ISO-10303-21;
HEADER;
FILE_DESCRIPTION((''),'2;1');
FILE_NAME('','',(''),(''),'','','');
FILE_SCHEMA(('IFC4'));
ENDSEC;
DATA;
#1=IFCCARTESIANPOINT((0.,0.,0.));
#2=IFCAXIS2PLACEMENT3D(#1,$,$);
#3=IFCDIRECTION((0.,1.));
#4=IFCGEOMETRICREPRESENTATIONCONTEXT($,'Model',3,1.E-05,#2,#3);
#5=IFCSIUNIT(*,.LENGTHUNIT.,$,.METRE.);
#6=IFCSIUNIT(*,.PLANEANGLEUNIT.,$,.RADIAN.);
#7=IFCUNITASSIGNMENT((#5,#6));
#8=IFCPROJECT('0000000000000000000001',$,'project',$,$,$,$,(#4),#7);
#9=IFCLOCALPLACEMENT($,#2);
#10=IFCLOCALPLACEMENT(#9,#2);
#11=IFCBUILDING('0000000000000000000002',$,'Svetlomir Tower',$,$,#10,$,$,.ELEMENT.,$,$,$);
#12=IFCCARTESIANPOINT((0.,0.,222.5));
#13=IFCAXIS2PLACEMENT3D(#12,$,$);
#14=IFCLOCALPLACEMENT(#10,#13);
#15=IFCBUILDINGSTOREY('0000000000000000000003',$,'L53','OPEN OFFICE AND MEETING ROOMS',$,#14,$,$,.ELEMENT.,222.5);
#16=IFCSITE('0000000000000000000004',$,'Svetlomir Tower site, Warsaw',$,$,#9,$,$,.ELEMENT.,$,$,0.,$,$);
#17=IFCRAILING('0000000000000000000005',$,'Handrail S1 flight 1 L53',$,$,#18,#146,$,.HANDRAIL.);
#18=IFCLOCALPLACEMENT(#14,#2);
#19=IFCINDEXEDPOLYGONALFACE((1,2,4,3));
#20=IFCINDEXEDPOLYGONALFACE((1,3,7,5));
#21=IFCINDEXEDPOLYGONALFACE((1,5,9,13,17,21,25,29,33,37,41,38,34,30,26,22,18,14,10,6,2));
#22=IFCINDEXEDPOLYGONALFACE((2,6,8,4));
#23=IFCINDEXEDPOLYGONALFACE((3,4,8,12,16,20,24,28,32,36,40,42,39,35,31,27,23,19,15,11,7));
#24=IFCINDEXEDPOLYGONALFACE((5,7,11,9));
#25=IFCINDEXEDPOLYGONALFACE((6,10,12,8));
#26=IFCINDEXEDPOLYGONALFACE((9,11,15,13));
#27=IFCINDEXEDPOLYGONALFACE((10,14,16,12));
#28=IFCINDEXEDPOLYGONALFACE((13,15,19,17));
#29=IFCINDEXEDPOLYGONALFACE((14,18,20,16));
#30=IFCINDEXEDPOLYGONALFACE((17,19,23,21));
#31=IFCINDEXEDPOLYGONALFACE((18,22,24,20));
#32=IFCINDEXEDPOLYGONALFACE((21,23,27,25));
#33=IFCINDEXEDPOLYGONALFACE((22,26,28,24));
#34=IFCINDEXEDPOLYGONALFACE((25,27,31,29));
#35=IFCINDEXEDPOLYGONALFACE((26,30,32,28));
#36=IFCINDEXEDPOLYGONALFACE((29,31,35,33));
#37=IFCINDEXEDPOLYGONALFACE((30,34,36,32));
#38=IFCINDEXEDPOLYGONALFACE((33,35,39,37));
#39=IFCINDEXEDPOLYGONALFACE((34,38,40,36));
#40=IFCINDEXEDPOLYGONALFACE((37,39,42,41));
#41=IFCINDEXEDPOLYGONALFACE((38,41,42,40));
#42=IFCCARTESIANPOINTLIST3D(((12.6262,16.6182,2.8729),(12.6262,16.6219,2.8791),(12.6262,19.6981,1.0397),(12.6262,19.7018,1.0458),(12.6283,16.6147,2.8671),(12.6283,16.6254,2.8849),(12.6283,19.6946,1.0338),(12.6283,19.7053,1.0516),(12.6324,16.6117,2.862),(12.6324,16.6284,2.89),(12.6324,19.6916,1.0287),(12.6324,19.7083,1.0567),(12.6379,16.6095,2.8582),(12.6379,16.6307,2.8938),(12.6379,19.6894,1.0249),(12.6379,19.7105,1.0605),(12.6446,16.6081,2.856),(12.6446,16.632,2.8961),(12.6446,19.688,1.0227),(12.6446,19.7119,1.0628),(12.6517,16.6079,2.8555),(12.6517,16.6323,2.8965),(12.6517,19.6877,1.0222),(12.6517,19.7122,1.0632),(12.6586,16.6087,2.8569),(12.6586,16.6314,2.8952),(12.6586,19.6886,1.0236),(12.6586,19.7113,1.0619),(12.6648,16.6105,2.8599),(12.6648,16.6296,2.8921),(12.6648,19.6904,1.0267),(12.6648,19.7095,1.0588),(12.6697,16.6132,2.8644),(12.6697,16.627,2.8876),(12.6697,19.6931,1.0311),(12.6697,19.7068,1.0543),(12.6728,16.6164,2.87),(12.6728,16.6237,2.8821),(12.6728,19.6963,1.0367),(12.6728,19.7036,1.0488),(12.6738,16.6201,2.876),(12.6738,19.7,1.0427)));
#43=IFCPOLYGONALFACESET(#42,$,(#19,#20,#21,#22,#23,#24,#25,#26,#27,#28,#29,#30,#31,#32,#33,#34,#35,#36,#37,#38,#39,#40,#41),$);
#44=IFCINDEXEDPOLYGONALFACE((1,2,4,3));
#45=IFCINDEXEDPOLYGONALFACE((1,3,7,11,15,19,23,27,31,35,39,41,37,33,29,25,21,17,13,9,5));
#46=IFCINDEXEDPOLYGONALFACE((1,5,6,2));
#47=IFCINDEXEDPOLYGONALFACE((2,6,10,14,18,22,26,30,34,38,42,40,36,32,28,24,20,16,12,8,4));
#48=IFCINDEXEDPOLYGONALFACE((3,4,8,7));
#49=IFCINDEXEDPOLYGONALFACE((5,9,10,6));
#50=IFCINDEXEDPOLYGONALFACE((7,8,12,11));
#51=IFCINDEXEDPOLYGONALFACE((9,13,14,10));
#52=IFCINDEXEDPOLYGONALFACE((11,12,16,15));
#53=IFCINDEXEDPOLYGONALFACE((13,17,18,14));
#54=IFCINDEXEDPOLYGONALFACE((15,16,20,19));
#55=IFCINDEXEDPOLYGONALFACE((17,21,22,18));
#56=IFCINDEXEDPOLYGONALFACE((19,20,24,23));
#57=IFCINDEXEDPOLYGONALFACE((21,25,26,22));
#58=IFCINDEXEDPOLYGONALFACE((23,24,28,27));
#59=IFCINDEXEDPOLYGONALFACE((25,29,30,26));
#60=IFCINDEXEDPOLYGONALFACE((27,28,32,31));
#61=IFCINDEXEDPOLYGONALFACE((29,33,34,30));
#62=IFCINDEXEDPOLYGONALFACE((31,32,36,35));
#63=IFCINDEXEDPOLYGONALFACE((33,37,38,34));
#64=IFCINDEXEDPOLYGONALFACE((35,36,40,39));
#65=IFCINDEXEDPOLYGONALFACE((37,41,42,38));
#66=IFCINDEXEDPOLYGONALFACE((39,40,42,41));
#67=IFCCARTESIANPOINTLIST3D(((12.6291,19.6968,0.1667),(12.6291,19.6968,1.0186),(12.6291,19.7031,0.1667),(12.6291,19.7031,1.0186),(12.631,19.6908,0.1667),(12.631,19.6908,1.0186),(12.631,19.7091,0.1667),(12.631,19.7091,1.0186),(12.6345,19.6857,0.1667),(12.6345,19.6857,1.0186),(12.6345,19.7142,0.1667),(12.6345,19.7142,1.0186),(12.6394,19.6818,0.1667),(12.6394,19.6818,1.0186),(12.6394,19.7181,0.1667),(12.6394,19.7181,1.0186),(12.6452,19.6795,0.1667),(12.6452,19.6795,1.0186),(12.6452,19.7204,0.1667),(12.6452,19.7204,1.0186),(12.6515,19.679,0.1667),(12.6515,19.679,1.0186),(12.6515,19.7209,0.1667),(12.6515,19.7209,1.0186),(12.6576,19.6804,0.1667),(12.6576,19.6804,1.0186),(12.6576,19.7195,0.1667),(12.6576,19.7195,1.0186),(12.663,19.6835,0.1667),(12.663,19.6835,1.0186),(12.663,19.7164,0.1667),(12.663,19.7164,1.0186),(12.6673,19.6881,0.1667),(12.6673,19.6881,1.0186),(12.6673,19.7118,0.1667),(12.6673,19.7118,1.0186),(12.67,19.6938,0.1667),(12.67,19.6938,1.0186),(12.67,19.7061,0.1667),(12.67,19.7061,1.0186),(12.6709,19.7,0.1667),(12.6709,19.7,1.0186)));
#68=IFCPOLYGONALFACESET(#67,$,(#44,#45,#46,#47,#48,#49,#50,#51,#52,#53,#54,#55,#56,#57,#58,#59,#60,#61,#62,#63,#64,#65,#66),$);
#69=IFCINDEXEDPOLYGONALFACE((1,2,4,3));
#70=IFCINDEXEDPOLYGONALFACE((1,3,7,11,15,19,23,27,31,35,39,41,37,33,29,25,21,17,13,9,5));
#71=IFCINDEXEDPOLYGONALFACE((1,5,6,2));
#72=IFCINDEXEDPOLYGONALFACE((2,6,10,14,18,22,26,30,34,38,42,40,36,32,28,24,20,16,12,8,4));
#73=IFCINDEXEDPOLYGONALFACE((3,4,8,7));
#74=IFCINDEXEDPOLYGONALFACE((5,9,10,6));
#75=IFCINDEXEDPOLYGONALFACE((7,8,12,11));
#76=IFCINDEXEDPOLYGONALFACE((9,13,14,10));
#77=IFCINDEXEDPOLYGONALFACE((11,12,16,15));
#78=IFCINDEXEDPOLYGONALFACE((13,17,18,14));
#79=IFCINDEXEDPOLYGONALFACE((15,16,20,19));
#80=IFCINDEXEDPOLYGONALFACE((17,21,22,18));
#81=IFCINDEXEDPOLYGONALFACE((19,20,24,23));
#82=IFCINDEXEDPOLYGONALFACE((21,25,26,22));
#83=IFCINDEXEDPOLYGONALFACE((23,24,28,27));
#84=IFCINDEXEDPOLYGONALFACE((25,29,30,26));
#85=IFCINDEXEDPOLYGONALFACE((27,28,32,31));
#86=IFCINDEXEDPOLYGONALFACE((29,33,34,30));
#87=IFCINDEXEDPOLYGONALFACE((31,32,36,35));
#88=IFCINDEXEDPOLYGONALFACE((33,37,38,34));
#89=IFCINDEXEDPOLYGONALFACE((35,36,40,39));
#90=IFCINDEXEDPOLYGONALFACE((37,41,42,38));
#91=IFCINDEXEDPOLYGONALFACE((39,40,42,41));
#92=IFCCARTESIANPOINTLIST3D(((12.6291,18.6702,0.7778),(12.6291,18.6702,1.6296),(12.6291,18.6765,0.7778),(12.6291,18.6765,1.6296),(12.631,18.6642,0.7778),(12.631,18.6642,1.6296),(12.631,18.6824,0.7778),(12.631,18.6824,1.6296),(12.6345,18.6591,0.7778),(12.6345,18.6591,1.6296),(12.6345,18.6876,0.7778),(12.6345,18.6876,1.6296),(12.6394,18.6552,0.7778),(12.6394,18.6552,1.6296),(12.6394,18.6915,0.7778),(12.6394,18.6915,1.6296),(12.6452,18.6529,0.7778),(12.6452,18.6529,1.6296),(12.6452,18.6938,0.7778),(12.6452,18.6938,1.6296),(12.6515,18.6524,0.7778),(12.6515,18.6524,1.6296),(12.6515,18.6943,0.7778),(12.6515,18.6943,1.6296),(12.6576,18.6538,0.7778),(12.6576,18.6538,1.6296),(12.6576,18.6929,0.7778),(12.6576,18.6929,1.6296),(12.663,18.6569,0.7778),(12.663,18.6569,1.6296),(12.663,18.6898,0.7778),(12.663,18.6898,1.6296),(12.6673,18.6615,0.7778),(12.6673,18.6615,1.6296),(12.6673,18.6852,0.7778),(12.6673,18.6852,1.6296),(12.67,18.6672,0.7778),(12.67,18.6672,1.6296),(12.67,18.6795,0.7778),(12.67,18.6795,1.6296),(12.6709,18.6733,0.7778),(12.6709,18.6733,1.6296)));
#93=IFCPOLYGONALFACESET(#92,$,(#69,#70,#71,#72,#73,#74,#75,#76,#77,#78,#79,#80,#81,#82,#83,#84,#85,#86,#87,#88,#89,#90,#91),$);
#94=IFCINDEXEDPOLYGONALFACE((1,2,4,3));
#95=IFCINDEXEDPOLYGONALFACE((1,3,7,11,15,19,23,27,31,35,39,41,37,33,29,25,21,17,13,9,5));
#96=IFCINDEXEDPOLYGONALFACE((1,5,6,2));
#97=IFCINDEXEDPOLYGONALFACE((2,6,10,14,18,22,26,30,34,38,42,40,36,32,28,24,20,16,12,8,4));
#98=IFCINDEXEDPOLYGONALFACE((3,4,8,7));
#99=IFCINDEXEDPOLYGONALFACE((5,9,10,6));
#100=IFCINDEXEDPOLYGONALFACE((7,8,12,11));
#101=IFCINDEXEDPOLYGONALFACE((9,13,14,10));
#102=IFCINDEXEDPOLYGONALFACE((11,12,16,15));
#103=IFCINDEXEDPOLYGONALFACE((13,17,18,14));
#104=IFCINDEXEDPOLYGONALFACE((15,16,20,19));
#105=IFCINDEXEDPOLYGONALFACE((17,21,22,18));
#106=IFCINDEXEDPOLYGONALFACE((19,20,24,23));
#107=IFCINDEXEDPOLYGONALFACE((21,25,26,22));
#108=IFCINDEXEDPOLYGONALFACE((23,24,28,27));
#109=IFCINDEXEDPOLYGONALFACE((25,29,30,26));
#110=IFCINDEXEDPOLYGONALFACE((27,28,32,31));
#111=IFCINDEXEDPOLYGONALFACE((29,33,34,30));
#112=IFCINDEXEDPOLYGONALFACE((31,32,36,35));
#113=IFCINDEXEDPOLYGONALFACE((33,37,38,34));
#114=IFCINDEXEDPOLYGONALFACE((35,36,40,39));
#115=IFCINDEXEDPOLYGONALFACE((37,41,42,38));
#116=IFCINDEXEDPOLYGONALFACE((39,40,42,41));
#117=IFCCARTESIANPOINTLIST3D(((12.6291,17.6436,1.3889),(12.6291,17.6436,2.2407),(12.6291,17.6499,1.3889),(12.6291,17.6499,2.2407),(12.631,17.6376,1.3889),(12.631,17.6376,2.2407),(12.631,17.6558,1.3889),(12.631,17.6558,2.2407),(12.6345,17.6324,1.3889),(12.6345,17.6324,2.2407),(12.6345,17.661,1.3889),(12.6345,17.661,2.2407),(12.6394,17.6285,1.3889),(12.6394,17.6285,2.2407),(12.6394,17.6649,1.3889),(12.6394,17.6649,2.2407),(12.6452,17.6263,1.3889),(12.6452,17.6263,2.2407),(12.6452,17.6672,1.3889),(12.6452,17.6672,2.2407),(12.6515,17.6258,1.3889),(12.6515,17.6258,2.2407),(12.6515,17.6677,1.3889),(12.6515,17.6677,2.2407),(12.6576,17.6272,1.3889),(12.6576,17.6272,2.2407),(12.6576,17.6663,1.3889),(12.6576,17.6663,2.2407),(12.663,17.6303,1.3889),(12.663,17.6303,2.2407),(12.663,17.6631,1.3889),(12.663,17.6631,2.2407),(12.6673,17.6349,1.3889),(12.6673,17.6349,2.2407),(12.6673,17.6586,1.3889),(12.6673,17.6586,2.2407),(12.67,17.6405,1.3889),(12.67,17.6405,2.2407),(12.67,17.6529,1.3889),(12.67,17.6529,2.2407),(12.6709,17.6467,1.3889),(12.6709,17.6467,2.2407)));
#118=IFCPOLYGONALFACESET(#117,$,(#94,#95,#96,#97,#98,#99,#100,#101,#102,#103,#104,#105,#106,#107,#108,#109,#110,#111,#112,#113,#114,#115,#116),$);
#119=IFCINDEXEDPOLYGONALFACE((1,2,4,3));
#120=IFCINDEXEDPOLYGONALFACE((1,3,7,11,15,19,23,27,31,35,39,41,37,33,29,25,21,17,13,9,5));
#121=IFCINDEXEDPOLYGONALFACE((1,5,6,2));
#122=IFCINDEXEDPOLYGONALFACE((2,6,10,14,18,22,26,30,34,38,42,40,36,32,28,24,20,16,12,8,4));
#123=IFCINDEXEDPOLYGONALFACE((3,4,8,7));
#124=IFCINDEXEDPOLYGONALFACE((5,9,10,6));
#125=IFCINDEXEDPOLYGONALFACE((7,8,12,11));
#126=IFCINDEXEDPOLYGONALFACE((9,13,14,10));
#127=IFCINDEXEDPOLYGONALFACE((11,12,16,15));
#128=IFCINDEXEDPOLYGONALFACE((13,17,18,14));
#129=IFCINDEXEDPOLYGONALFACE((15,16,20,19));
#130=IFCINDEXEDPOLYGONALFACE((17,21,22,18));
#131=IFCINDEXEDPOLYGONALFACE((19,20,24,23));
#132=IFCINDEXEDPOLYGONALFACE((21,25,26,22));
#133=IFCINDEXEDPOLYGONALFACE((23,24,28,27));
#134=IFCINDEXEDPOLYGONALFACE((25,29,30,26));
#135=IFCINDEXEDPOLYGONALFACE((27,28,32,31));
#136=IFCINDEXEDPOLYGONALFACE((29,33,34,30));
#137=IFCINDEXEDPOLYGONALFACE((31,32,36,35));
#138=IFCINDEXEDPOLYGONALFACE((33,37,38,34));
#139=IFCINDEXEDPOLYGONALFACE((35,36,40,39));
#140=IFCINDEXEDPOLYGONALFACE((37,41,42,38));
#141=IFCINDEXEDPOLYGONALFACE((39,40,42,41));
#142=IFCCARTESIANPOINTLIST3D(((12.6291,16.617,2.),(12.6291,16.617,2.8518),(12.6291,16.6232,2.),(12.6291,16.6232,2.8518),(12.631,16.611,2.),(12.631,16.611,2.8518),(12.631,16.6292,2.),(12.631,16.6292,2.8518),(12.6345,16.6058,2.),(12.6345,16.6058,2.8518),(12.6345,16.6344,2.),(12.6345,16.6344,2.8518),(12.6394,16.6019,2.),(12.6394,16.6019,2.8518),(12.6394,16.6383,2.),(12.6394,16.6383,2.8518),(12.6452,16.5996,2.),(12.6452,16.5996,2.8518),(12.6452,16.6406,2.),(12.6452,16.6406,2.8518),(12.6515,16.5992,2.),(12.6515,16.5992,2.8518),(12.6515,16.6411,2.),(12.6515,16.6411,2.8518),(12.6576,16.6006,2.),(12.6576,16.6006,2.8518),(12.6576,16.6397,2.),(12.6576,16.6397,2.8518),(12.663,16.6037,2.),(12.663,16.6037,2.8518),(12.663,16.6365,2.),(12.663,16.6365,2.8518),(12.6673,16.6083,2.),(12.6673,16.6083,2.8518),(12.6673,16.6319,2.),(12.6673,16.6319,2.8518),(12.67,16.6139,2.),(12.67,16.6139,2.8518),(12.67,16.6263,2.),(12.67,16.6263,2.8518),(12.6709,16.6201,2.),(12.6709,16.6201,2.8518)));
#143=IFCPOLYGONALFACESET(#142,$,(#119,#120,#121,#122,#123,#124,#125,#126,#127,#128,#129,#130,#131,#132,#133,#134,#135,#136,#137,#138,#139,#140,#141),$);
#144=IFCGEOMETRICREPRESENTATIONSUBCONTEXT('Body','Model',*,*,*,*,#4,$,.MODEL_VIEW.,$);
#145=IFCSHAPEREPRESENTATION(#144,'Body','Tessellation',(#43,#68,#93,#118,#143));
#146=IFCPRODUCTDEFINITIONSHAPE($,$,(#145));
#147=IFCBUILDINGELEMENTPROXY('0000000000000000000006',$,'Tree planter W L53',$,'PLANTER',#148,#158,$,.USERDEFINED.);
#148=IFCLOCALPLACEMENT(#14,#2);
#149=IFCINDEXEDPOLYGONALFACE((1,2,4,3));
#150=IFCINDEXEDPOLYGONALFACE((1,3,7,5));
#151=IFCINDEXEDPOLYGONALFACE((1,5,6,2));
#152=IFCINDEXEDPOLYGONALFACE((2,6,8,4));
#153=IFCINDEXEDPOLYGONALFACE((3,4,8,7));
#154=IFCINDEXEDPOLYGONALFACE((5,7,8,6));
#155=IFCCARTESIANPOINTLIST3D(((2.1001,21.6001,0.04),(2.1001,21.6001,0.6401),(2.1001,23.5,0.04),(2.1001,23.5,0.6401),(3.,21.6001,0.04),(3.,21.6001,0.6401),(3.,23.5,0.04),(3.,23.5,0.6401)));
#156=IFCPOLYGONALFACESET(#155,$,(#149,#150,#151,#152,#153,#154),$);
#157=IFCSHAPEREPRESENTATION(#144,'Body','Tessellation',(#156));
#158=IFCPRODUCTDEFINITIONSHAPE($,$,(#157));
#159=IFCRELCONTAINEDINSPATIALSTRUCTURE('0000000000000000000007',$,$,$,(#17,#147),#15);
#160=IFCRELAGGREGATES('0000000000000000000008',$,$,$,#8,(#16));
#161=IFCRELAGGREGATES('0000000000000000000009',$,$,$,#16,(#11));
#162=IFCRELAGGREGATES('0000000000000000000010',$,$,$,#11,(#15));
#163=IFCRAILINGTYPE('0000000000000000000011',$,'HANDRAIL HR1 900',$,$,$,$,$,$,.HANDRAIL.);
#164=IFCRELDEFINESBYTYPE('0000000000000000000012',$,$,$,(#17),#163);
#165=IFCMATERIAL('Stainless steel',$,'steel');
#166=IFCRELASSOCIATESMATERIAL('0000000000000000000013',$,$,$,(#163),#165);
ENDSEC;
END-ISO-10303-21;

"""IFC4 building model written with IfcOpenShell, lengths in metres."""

from ifc_helpers import new_model, si_unit, direction, frame, origin, origin_2d, place, context, subcontext, project, spatial, rectangle, circle, extrude, material, type_object, element, save


model = new_model("IFC4")

# Units and contexts
model_context = context("Model", 3, precision=1e-05, world=origin(), true_north=direction((0.0, 1.0)))
body_context = subcontext(model_context, "Body", "Model", "MODEL_VIEW")
ifc_project = project(units=[si_unit("LENGTHUNIT", "METRE"), si_unit("PLANEANGLEUNIT", "RADIAN")], contexts=[model_context])

# Site, building, storey
site_placement = place(None, origin())
site = spatial("IfcSite", under=ifc_project, at=site_placement, Name="Svetlomir Tower site, Warsaw", CompositionType="ELEMENT", RefElevation=0.0)
building_placement = place(site_placement, origin())
building = spatial("IfcBuilding", under=site, at=building_placement, Name="Svetlomir Tower", CompositionType="ELEMENT")
storey_placement = place(building_placement, frame((0.0, 0.0, 222.5)))
storey = spatial("IfcBuildingStorey", under=building, at=storey_placement, Name="L53", Description="OPEN OFFICE AND MEETING ROOMS", CompositionType="ELEMENT", Elevation=222.5)

# Railing
ifc_material_1 = material(Name="Stainless steel", Category="steel")
railing_type_1 = type_object("IfcRailingType", Name="HANDRAIL HR1 900", PredefinedType="HANDRAIL", material=ifc_material_1)
railing_placement = place(storey_placement, frame((12.6499, 19.7, 0.1667)))
element("IfcRailing", 1, at=railing_placement, inside=storey, type_object=railing_type_1, Name="Handrail S1 flight 1 L53", PredefinedType="HANDRAIL", context=body_context, shape_type="SweptSolid", body=[
    extrude(circle(Radius=0.0239, at=origin_2d()), frame((0.0, 0.0, 0.876), z_axis=(0.0, -0.859291, 0.511487), x_axis=(1.0, 0.0, 0.0)), (0.0, 0.0, 1.0), 3.5842),
    extrude(circle(Radius=0.021, at=origin_2d()), origin(), (0.0, 0.0, 1.0), 0.8518),
    extrude(circle(Radius=0.021, at=origin_2d()), frame((0.0, -1.0266, 0.6111)), (0.0, 0.0, 1.0), 0.8518),
    extrude(circle(Radius=0.021, at=origin_2d()), frame((0.0, -2.0532, 1.2222)), (0.0, 0.0, 1.0), 0.8518),
    extrude(circle(Radius=0.021, at=origin_2d()), frame((0.0, -3.0798, 1.8333)), (0.0, 0.0, 1.0), 0.8518),
])

# Building element proxy
proxy_placement = place(storey_placement, frame((2.55, 22.55, 0.04), z_axis=(0.0, 0.0, 1.0), x_axis=(1.0, 0.0, 0.0)))
element("IfcBuildingElementProxy", 2, at=proxy_placement, inside=storey, Name="Tree planter W L53", ObjectType="PLANTER", PredefinedType="USERDEFINED", context=body_context, shape_type="SweptSolid", body=[
    extrude(rectangle(XDim=0.8999, YDim=1.8999, at=origin_2d()), origin(), (0.0, 0.0, 1.0), 0.6001),
])

save(model, "model.ifc")
